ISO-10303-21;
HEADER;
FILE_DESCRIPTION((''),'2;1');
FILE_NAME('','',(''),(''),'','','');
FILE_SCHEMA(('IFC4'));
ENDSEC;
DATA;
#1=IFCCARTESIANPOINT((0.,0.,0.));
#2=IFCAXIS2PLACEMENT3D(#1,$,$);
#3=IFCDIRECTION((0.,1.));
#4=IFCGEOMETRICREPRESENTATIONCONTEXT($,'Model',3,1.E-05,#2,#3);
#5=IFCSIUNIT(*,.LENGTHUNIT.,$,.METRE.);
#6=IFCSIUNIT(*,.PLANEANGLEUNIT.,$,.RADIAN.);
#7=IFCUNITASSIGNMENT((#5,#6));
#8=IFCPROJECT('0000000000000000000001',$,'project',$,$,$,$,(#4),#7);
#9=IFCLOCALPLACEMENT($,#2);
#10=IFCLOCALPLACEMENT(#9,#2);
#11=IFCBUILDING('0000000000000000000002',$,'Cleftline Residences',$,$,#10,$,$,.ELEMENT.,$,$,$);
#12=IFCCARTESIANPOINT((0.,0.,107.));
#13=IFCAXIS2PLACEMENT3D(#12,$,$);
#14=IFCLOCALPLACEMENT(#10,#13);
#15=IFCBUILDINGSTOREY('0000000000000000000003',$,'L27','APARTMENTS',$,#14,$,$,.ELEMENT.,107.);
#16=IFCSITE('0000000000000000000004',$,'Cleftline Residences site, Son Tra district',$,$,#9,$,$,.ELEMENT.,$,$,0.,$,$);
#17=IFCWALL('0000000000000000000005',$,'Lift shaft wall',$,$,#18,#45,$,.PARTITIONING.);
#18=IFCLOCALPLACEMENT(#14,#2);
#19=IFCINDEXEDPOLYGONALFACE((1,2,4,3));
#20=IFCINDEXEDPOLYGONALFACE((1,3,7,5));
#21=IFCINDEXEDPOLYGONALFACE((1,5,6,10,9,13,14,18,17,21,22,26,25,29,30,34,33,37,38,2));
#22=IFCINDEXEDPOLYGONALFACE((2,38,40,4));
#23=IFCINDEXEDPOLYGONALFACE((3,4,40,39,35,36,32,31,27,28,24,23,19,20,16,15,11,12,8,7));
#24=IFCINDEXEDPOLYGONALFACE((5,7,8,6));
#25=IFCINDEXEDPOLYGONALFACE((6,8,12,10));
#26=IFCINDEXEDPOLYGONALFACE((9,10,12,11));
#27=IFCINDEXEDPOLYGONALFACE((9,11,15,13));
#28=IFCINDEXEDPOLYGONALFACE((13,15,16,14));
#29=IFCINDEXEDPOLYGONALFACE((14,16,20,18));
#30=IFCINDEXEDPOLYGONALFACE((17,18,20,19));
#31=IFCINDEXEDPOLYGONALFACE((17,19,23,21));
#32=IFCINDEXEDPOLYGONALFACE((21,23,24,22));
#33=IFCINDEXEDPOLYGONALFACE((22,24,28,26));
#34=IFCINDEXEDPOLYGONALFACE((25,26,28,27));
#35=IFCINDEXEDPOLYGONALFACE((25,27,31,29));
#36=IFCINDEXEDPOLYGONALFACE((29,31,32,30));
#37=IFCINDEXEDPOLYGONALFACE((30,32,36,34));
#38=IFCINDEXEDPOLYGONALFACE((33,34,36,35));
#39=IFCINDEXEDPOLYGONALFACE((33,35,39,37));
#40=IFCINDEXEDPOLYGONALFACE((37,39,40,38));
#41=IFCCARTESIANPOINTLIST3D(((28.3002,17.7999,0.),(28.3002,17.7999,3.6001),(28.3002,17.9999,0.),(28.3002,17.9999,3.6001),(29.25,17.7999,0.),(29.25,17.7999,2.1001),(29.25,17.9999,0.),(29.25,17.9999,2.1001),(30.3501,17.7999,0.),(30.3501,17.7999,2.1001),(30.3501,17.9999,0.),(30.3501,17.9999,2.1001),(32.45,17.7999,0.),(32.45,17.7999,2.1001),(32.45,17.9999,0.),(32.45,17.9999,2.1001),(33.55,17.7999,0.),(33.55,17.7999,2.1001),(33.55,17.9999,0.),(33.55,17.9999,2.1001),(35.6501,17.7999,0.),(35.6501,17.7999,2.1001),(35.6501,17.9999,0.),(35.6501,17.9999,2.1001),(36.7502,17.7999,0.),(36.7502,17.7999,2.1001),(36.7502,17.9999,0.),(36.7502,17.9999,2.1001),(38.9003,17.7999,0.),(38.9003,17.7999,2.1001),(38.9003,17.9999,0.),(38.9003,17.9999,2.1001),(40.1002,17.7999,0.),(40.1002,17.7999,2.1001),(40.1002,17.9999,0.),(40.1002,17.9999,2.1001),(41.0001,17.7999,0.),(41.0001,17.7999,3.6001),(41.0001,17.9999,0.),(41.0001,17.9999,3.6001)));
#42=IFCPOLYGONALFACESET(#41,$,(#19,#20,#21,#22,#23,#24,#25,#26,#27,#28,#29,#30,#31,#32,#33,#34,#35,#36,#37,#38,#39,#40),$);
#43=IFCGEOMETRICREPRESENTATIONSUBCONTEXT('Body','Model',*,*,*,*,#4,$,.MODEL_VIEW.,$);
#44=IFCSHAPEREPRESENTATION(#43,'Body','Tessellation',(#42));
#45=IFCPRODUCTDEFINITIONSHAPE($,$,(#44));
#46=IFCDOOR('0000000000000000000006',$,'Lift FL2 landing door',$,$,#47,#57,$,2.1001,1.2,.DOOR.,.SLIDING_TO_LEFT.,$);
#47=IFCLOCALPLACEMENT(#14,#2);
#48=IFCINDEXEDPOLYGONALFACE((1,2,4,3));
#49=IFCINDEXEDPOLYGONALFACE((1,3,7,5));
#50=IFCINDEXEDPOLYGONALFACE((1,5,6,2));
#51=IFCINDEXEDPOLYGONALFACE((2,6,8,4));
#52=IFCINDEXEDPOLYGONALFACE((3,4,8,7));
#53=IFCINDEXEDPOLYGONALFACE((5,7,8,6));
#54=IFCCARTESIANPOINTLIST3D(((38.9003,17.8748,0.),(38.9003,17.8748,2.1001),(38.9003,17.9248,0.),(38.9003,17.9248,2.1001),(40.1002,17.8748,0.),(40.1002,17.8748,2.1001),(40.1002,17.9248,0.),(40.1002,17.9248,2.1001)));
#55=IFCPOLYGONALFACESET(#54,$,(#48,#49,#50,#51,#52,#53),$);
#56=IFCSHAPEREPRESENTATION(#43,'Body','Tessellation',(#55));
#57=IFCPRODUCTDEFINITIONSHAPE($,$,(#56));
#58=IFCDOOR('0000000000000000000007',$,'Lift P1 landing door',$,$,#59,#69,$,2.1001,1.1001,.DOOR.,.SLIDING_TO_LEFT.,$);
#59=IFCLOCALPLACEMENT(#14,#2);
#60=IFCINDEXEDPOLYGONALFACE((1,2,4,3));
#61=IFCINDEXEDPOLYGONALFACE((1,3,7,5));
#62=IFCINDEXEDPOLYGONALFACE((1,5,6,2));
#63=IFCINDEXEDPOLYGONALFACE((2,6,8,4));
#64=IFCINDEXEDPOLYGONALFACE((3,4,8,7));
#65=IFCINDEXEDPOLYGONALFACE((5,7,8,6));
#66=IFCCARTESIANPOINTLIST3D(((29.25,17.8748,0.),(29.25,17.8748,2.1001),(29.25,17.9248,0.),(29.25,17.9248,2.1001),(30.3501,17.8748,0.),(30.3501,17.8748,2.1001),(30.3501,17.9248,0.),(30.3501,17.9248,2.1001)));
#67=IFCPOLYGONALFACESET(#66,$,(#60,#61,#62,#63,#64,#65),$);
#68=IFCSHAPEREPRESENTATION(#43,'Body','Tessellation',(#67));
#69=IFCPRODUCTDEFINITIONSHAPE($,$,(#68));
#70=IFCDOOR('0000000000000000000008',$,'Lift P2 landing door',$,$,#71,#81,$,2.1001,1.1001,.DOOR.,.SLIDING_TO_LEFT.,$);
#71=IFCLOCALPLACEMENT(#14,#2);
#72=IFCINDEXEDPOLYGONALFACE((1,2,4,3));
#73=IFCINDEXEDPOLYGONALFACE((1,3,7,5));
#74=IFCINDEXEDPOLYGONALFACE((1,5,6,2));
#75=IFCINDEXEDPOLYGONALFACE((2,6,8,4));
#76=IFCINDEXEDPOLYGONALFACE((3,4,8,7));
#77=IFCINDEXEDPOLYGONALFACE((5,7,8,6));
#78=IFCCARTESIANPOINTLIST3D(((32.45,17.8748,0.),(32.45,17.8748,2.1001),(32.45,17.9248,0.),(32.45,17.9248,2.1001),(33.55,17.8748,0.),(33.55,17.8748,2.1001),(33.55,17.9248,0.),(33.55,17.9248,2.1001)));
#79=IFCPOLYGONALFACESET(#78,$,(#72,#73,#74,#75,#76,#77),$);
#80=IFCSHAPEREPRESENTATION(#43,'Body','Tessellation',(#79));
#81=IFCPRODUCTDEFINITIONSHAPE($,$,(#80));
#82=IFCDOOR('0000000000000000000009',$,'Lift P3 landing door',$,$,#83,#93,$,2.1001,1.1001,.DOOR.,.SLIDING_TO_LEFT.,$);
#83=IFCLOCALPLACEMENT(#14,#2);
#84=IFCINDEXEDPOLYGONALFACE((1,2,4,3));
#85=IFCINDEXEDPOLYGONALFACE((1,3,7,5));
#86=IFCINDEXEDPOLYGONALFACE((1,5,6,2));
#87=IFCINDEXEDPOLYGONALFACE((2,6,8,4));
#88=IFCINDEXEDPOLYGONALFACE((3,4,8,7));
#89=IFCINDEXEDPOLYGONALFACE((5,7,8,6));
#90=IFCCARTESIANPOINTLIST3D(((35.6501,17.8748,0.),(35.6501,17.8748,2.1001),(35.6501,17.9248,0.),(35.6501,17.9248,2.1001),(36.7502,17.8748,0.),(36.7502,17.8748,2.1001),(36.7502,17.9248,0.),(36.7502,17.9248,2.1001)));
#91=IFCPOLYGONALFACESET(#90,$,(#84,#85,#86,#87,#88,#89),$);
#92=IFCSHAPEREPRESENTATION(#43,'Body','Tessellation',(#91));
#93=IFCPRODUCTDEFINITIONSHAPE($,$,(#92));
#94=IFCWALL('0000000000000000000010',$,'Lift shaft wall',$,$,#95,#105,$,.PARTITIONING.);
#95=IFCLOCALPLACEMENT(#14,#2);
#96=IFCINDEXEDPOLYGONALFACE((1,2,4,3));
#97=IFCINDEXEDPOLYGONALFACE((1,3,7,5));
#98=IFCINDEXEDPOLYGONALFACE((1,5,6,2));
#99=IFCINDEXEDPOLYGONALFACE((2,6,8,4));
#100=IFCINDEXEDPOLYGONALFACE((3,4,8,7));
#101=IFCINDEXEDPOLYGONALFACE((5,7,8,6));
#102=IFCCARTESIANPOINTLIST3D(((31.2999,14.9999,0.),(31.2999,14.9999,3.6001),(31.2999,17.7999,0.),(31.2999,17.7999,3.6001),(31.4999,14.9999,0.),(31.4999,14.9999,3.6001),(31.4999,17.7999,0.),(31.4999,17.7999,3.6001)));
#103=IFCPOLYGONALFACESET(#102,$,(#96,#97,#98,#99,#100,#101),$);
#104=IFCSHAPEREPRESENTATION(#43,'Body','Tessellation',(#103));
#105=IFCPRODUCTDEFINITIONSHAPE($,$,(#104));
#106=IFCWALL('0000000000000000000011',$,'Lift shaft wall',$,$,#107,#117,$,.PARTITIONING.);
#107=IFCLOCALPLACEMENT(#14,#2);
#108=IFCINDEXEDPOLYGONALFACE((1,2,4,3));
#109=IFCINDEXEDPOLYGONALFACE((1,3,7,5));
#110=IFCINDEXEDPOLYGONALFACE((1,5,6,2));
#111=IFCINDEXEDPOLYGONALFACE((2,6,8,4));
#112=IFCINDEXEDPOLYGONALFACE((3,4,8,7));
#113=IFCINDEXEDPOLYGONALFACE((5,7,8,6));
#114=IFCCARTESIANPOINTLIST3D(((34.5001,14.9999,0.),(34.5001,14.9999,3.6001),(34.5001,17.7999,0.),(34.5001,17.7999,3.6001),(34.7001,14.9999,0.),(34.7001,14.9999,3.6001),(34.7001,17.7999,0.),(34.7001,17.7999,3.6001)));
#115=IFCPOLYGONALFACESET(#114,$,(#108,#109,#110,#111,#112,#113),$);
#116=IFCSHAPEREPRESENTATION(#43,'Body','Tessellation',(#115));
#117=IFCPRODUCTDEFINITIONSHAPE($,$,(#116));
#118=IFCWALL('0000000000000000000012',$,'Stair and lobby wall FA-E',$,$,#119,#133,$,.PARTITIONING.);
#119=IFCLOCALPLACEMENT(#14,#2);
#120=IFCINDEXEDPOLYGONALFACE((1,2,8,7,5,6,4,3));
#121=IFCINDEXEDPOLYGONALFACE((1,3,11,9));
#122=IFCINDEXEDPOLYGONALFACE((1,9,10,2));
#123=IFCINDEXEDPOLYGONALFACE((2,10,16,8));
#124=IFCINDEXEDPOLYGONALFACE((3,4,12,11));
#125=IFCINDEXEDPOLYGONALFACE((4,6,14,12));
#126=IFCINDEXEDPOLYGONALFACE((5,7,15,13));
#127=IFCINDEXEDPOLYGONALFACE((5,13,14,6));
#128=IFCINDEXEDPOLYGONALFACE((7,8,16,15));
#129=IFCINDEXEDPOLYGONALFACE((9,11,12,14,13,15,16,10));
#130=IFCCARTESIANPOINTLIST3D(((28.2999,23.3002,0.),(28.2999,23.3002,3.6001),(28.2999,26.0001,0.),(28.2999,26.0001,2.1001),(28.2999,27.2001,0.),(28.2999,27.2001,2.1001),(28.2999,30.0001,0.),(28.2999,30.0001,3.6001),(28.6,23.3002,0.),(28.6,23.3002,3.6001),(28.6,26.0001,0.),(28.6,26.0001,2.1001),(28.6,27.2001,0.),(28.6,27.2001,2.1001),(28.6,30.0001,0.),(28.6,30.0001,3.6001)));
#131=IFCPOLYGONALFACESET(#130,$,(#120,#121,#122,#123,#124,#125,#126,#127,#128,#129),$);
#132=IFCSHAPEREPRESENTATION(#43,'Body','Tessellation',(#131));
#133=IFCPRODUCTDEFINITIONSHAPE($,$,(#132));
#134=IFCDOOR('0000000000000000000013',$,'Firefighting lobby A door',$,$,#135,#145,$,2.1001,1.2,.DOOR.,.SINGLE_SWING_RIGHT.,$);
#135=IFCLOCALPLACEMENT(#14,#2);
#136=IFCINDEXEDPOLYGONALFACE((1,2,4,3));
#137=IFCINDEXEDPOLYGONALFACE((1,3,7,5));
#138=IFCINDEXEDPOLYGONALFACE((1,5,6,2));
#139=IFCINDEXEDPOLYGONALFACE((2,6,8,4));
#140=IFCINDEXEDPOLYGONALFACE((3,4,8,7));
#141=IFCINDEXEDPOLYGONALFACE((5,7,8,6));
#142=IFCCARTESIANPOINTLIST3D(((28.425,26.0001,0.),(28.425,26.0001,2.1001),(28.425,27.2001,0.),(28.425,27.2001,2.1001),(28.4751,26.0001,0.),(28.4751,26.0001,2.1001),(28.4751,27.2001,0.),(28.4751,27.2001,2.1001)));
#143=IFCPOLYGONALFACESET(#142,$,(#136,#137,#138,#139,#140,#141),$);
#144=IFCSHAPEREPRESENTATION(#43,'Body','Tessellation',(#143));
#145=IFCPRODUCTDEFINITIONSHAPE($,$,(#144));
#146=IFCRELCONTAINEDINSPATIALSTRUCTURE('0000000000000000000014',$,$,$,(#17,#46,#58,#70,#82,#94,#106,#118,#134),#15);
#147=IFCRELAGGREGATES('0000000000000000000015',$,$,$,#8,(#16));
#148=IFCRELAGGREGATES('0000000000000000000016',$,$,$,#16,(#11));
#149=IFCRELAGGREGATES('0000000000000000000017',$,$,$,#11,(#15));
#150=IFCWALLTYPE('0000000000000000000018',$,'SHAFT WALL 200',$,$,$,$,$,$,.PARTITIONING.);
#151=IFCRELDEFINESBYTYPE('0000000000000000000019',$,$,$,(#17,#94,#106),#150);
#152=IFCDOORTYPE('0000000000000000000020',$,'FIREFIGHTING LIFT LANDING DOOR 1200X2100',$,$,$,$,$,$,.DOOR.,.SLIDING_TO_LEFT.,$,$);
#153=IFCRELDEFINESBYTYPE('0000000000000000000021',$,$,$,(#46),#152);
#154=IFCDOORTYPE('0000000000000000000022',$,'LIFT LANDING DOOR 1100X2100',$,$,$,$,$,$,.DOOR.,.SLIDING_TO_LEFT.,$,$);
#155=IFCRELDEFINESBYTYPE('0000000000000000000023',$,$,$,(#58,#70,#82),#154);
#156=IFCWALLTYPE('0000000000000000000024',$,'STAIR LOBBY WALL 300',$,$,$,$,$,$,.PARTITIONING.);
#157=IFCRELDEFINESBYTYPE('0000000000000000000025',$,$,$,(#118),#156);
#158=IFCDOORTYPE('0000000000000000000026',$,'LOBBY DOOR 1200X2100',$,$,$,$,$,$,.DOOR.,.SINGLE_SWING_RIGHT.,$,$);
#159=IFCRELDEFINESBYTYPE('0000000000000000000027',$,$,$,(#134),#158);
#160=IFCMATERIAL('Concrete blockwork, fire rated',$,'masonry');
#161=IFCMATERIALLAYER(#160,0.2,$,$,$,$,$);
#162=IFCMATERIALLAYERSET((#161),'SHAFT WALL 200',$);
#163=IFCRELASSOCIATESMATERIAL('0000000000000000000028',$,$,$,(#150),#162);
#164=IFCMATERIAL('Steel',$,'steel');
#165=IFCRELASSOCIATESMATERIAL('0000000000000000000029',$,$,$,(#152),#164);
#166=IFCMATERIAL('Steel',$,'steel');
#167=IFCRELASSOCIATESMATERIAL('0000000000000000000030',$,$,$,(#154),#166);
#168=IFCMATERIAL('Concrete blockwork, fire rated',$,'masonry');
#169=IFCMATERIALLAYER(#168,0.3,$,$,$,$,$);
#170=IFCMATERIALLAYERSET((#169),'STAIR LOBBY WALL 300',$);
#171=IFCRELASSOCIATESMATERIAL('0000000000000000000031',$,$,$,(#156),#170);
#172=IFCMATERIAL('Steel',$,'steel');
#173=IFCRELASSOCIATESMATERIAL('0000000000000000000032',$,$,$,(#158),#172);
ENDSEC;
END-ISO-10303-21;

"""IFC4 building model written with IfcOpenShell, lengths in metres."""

from ifc_helpers import new_model, si_unit, direction, frame, frame_2d, origin, place, context, subcontext, project, spatial, rectangle, extrude, material, layer, layer_set, type_object, element, fill, save


model = new_model("IFC4")

# Units and contexts
model_context = context("Model", 3, precision=1e-05, world=origin(), true_north=direction((0.0, 1.0)))
body_context = subcontext(model_context, "Body", "Model", "MODEL_VIEW")
ifc_project = project(units=[si_unit("LENGTHUNIT", "METRE"), si_unit("PLANEANGLEUNIT", "RADIAN")], contexts=[model_context])

# Site, building, storey
site_placement = place(None, origin())
site = spatial("IfcSite", under=ifc_project, at=site_placement, Name="Cleftline Residences site, Son Tra district", CompositionType="ELEMENT", RefElevation=0.0)
building_placement = place(site_placement, origin())
building = spatial("IfcBuilding", under=site, at=building_placement, Name="Cleftline Residences", CompositionType="ELEMENT")
storey_placement = place(building_placement, frame((0.0, 0.0, 107.0)))
storey = spatial("IfcBuildingStorey", under=building, at=storey_placement, Name="L27", Description="APARTMENTS", CompositionType="ELEMENT", Elevation=107.0)

# Wall, openings, doors
ifc_material_1 = material(Name="Concrete blockwork, fire rated", Category="masonry")
ifc_layer_1 = layer(ifc_material_1, 0.2)
ifc_layer_set_1 = layer_set([ifc_layer_1], Name="SHAFT WALL 200")
wall_type_1 = type_object("IfcWallType", Name="SHAFT WALL 200", PredefinedType="PARTITIONING", material=ifc_layer_set_1)
wall_1_placement = place(storey_placement, frame((28.3, 17.8999, 0.0), z_axis=(0.0, 0.0, 1.0), x_axis=(1.0, 0.0, 0.0)))
wall_1 = element("IfcWall", 1, at=wall_1_placement, inside=storey, type_object=wall_type_1, Name="Lift shaft wall", PredefinedType="PARTITIONING", context=body_context, shape_type="SweptSolid", body=[
    extrude(rectangle(XDim=12.7, YDim=0.2, at=frame_2d((6.3501, 0.0))), origin(), (0.0, 0.0, 1.0), 3.6001),
])
opening_1_placement = place(wall_1_placement, frame((0.95, 0.0, 0.0)))
opening_1 = element("IfcOpeningElement", 2, at=opening_1_placement, cuts=wall_1, PredefinedType="OPENING", context=body_context, shape_type="SweptSolid", body=[
    extrude(rectangle(XDim=1.1001, YDim=2.1001, at=frame_2d((0.55, 1.05))), frame((0.0, 0.1099, 0.0), z_axis=(0.0, -1.0, 0.0), x_axis=(1.0, 0.0, 0.0)), (0.0, 0.0, 1.0), 0.22),
])
opening_2_placement = place(wall_1_placement, frame((4.1499, 0.0, 0.0)))
opening_2 = element("IfcOpeningElement", 3, at=opening_2_placement, cuts=wall_1, PredefinedType="OPENING", context=body_context, shape_type="SweptSolid", body=[
    extrude(rectangle(XDim=1.1001, YDim=2.1001, at=frame_2d((0.55, 1.05))), frame((0.0, 0.1099, 0.0), z_axis=(0.0, -1.0, 0.0), x_axis=(1.0, 0.0, 0.0)), (0.0, 0.0, 1.0), 0.22),
])
opening_3_placement = place(wall_1_placement, frame((7.3501, 0.0, 0.0)))
opening_3 = element("IfcOpeningElement", 4, at=opening_3_placement, cuts=wall_1, PredefinedType="OPENING", context=body_context, shape_type="SweptSolid", body=[
    extrude(rectangle(XDim=1.1001, YDim=2.1001, at=frame_2d((0.55, 1.05))), frame((0.0, 0.1099, 0.0), z_axis=(0.0, -1.0, 0.0), x_axis=(1.0, 0.0, 0.0)), (0.0, 0.0, 1.0), 0.22),
])
opening_4_placement = place(wall_1_placement, frame((10.6001, 0.0, 0.0)))
opening_4 = element("IfcOpeningElement", 5, at=opening_4_placement, cuts=wall_1, PredefinedType="OPENING", context=body_context, shape_type="SweptSolid", body=[
    extrude(rectangle(XDim=1.2, YDim=2.1001, at=frame_2d((0.6001, 1.05))), frame((0.0, 0.1099, 0.0), z_axis=(0.0, -1.0, 0.0), x_axis=(1.0, 0.0, 0.0)), (0.0, 0.0, 1.0), 0.22),
])
ifc_material_2 = material(Name="Steel", Category="steel")
door_type_1 = type_object("IfcDoorType", Name="FIREFIGHTING LIFT LANDING DOOR 1200X2100", OperationType="SLIDING_TO_LEFT", PredefinedType="DOOR", material=ifc_material_2)
door_1_placement = place(opening_4_placement, origin())
door_1 = element("IfcDoor", 6, at=door_1_placement, inside=storey, type_object=door_type_1, Name="Lift FL2 landing door", OperationType="SLIDING_TO_LEFT", OverallHeight=2.1001, OverallWidth=1.2, PredefinedType="DOOR", context=body_context, shape_type="SweptSolid", body=[
    extrude(rectangle(XDim=1.2, YDim=2.1001, at=frame_2d((0.6001, 1.05))), frame((0.0, 0.0249, 0.0), z_axis=(0.0, -1.0, 0.0), x_axis=(1.0, 0.0, 0.0)), (0.0, 0.0, 1.0), 0.05),
])
fill(opening_4, door_1)
ifc_material_3 = material(Name="Steel", Category="steel")
door_type_2 = type_object("IfcDoorType", Name="LIFT LANDING DOOR 1100X2100", OperationType="SLIDING_TO_LEFT", PredefinedType="DOOR", material=ifc_material_3)
door_2_placement = place(opening_1_placement, origin())
door_2 = element("IfcDoor", 7, at=door_2_placement, inside=storey, type_object=door_type_2, Name="Lift P1 landing door", OperationType="SLIDING_TO_LEFT", OverallHeight=2.1001, OverallWidth=1.1001, PredefinedType="DOOR", context=body_context, shape_type="SweptSolid", body=[
    extrude(rectangle(XDim=1.1001, YDim=2.1001, at=frame_2d((0.55, 1.05))), frame((0.0, 0.0249, 0.0), z_axis=(0.0, -1.0, 0.0), x_axis=(1.0, 0.0, 0.0)), (0.0, 0.0, 1.0), 0.05),
])
fill(opening_1, door_2)
door_3_placement = place(opening_2_placement, origin())
door_3 = element("IfcDoor", 8, at=door_3_placement, inside=storey, type_object=door_type_2, Name="Lift P2 landing door", OperationType="SLIDING_TO_LEFT", OverallHeight=2.1001, OverallWidth=1.1001, PredefinedType="DOOR", context=body_context, shape_type="SweptSolid", body=[
    extrude(rectangle(XDim=1.1001, YDim=2.1001, at=frame_2d((0.55, 1.05))), frame((0.0, 0.0249, 0.0), z_axis=(0.0, -1.0, 0.0), x_axis=(1.0, 0.0, 0.0)), (0.0, 0.0, 1.0), 0.05),
])
fill(opening_2, door_3)
door_4_placement = place(opening_3_placement, origin())
door_4 = element("IfcDoor", 9, at=door_4_placement, inside=storey, type_object=door_type_2, Name="Lift P3 landing door", OperationType="SLIDING_TO_LEFT", OverallHeight=2.1001, OverallWidth=1.1001, PredefinedType="DOOR", context=body_context, shape_type="SweptSolid", body=[
    extrude(rectangle(XDim=1.1001, YDim=2.1001, at=frame_2d((0.55, 1.05))), frame((0.0, 0.0249, 0.0), z_axis=(0.0, -1.0, 0.0), x_axis=(1.0, 0.0, 0.0)), (0.0, 0.0, 1.0), 0.05),
])
fill(opening_3, door_4)

# Walls
for number, where, z_axis, x_axis, name in (
    (10, (31.3999, 15.0, 0.0), (0.0, 0.0, 1.0), (0.0, 1.0, 0.0), "Lift shaft wall"),
    (11, (34.6001, 15.0, 0.0), (0.0, 0.0, 1.0), (0.0, 1.0, 0.0), "Lift shaft wall"),
):
    element("IfcWall", number, at=place(storey_placement, frame(where, z_axis=z_axis, x_axis=x_axis)), inside=storey, type_object=wall_type_1, Name=name, PredefinedType="PARTITIONING", context=body_context, shape_type="SweptSolid", body=[
        extrude(rectangle(XDim=2.8, YDim=0.2, at=frame_2d((1.3999, 0.0))), origin(), (0.0, 0.0, 1.0), 3.6001),
    ])

# Wall, opening, door
ifc_material_4 = material(Name="Concrete blockwork, fire rated", Category="masonry")
ifc_layer_2 = layer(ifc_material_4, 0.3)
ifc_layer_set_2 = layer_set([ifc_layer_2], Name="STAIR LOBBY WALL 300")
wall_type_2 = type_object("IfcWallType", Name="STAIR LOBBY WALL 300", PredefinedType="PARTITIONING", material=ifc_layer_set_2)
wall_2_placement = place(storey_placement, frame((28.45, 23.3, 0.0), z_axis=(0.0, 0.0, 1.0), x_axis=(0.0, 1.0, 0.0)))
wall_2 = element("IfcWall", 12, at=wall_2_placement, inside=storey, type_object=wall_type_2, Name="Stair and lobby wall FA-E", PredefinedType="PARTITIONING", context=body_context, shape_type="SweptSolid", body=[
    extrude(rectangle(XDim=6.7, YDim=0.3, at=frame_2d((3.3501, 0.0))), origin(), (0.0, 0.0, 1.0), 3.6001),
])
opening_5_placement = place(wall_2_placement, frame((2.7, 0.0, 0.0)))
opening_5 = element("IfcOpeningElement", 13, at=opening_5_placement, cuts=wall_2, PredefinedType="OPENING", context=body_context, shape_type="SweptSolid", body=[
    extrude(rectangle(XDim=1.2, YDim=2.1001, at=frame_2d((0.6001, 1.05))), frame((0.0, 0.1599, 0.0), z_axis=(0.0, -1.0, 0.0), x_axis=(1.0, 0.0, 0.0)), (0.0, 0.0, 1.0), 0.3201),
])
ifc_material_5 = material(Name="Steel", Category="steel")
door_type_3 = type_object("IfcDoorType", Name="LOBBY DOOR 1200X2100", OperationType="SINGLE_SWING_RIGHT", PredefinedType="DOOR", material=ifc_material_5)
door_5_placement = place(opening_5_placement, origin())
door_5 = element("IfcDoor", 14, at=door_5_placement, inside=storey, type_object=door_type_3, Name="Firefighting lobby A door", OperationType="SINGLE_SWING_RIGHT", OverallHeight=2.1001, OverallWidth=1.2, PredefinedType="DOOR", context=body_context, shape_type="SweptSolid", body=[
    extrude(rectangle(XDim=1.2, YDim=2.1001, at=frame_2d((0.6001, 1.05))), frame((0.0, 0.0249, 0.0), z_axis=(0.0, -1.0, 0.0), x_axis=(1.0, 0.0, 0.0)), (0.0, 0.0, 1.0), 0.05),
])
fill(opening_5, door_5)

save(model, "model.ifc")
